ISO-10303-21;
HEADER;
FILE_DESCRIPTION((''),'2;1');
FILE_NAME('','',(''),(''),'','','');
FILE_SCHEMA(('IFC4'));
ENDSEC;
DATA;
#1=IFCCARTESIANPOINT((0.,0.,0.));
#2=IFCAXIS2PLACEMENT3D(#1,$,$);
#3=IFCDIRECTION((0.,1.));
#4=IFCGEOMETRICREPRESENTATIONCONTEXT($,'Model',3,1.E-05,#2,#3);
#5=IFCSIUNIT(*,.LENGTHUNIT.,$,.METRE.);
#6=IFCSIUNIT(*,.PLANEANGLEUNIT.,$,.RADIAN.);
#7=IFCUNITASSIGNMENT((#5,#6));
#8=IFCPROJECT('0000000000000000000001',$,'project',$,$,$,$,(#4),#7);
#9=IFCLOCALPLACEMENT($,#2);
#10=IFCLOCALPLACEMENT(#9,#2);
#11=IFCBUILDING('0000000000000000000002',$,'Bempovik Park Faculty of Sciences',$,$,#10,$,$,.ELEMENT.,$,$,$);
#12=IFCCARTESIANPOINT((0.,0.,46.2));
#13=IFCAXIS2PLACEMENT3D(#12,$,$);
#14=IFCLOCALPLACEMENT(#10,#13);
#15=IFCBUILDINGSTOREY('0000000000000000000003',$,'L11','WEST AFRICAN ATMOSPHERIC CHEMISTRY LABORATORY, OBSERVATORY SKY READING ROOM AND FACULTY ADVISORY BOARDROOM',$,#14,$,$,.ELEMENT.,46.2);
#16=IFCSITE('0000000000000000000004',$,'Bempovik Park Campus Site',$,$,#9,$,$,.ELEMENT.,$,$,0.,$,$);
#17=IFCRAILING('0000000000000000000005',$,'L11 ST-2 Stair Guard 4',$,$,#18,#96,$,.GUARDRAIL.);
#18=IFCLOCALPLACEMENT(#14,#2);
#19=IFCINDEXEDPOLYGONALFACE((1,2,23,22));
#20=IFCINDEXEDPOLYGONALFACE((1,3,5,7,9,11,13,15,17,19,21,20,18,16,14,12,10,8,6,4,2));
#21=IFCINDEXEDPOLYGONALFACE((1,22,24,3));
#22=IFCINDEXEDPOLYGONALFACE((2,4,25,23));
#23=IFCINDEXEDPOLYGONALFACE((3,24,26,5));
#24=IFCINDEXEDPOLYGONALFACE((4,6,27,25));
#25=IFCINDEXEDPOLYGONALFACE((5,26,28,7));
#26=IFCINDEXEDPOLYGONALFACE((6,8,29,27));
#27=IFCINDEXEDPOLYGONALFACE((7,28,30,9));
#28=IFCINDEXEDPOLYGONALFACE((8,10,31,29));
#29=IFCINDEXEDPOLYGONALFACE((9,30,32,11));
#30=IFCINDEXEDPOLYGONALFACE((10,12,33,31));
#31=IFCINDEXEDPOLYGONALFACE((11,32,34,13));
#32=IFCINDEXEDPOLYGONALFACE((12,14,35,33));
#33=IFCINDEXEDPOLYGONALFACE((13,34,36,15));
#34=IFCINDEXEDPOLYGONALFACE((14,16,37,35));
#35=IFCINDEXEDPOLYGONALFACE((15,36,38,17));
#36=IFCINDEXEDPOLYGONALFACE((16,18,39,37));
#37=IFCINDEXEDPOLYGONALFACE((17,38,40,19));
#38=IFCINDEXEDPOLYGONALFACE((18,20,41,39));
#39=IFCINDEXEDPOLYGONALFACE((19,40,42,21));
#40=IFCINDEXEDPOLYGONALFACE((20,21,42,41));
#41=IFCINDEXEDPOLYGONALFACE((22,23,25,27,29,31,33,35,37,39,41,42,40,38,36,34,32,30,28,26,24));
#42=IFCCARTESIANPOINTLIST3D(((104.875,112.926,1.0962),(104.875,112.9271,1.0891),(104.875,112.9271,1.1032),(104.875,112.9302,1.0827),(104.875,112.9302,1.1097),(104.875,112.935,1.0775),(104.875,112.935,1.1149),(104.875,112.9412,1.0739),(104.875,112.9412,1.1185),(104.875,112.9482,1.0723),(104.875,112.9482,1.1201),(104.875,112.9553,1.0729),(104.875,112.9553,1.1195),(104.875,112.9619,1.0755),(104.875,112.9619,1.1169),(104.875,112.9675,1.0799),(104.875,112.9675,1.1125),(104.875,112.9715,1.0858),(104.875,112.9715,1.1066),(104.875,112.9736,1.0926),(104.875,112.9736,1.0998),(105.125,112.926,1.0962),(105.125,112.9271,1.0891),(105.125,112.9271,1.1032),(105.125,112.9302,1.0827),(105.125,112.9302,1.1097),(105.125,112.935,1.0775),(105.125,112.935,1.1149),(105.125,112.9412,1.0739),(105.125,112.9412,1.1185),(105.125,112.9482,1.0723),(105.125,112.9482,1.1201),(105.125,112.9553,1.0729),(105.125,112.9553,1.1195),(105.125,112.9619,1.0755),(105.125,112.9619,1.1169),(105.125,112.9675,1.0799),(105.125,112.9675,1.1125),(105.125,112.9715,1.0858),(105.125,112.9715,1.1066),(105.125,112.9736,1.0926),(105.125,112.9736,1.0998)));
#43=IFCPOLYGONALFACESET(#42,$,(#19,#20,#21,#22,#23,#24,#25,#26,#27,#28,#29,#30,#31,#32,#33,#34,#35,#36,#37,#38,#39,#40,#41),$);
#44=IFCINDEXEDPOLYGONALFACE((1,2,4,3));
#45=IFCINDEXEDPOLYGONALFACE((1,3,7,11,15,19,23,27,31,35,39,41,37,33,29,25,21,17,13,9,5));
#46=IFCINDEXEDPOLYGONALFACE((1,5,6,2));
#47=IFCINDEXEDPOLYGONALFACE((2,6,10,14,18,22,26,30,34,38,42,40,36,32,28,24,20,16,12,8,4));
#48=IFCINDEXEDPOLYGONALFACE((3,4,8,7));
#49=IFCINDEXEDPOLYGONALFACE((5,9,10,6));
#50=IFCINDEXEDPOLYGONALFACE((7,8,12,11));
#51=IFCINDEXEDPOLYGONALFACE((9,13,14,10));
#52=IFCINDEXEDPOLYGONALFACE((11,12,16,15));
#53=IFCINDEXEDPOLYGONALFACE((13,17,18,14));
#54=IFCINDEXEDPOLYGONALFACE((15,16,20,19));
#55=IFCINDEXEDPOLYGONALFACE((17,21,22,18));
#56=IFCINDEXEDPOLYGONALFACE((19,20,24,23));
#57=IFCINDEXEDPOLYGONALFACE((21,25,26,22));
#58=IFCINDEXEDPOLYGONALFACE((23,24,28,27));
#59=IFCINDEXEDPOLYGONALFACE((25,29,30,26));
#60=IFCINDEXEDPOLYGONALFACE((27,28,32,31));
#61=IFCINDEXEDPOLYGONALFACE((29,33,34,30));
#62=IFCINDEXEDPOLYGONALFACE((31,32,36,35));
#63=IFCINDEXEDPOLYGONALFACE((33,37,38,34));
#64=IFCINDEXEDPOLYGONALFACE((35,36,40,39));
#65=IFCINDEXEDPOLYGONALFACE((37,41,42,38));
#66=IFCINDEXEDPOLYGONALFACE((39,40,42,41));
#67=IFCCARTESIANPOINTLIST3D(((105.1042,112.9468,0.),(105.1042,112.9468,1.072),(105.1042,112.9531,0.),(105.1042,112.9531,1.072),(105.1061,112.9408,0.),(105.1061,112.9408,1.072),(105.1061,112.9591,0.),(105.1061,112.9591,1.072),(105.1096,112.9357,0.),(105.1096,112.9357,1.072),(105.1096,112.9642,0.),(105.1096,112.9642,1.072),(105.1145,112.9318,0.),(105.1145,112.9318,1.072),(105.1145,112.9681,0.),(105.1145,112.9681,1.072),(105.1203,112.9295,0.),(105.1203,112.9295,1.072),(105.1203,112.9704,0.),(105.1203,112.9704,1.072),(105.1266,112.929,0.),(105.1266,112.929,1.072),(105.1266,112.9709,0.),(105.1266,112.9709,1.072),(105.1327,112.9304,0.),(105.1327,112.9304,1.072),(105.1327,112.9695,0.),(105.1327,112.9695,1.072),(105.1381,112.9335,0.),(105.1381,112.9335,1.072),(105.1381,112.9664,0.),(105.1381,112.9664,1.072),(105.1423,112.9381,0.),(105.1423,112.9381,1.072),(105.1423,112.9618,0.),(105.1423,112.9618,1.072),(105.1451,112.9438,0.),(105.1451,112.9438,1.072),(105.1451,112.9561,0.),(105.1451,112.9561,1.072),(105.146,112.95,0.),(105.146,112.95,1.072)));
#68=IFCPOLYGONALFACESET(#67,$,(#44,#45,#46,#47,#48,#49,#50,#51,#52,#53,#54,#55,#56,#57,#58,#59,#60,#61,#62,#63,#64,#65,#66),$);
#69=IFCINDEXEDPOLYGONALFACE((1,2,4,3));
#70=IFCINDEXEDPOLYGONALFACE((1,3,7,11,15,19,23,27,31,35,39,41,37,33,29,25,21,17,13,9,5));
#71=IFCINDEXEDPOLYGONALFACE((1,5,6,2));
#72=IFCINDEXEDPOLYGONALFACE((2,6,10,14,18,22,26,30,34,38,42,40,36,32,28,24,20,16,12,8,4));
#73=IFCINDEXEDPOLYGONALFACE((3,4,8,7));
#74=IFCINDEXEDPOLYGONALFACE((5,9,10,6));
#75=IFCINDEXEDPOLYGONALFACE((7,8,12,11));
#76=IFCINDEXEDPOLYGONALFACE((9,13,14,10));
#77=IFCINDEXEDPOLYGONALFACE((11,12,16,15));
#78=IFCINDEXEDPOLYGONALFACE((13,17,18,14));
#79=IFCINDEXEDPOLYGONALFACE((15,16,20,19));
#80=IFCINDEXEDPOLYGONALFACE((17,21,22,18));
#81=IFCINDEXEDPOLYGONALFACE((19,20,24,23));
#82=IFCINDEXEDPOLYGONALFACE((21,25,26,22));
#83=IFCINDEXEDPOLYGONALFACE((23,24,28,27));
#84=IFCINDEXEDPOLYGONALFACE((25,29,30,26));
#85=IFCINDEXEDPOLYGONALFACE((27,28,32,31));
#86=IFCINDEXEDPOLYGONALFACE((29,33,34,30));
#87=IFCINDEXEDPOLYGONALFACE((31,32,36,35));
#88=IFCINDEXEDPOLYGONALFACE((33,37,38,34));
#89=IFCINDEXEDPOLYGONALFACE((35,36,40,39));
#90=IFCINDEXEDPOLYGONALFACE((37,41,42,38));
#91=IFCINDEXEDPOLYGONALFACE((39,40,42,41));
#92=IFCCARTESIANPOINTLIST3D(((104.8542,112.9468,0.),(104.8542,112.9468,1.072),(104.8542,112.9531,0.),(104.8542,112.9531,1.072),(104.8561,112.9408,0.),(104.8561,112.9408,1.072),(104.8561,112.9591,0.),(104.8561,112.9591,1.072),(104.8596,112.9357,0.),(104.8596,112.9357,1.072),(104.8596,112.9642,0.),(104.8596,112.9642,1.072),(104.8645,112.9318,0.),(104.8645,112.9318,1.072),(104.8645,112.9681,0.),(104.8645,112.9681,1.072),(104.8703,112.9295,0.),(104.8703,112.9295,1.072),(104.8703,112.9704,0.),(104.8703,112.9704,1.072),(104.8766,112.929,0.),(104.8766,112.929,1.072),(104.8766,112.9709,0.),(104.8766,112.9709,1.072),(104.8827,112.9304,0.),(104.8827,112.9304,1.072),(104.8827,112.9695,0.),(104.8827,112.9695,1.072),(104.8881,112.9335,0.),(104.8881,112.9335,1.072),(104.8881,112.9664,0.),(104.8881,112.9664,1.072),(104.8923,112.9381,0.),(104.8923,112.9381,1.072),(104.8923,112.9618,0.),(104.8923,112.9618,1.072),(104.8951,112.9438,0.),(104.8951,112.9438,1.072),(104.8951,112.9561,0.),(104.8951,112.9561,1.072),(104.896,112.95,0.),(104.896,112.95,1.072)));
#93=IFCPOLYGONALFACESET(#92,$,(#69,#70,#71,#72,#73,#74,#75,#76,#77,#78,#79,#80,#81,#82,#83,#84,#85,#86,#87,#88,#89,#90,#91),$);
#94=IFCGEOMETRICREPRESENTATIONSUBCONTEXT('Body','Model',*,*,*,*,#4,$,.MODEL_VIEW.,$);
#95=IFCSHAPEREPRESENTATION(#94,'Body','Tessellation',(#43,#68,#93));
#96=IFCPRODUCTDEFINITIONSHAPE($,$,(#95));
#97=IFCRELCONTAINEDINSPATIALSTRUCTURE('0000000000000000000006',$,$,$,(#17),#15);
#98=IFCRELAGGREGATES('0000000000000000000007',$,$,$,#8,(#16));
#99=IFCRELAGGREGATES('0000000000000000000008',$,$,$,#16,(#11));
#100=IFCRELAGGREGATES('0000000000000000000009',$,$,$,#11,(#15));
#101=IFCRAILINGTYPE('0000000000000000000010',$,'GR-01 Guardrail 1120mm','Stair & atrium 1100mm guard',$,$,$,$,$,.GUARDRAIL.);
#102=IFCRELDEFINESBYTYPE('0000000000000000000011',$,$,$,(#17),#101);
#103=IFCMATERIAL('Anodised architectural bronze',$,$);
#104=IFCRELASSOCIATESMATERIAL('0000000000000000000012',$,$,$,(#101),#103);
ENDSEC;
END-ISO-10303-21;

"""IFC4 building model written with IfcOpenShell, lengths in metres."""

from ifc_helpers import new_model, si_unit, direction, frame, origin, origin_2d, place, context, subcontext, project, spatial, circle, extrude, material, type_object, element, save


model = new_model("IFC4")

# Units and contexts
model_context = context("Model", 3, precision=1e-05, world=origin(), true_north=direction((0.0, 1.0)))
body_context = subcontext(model_context, "Body", "Model", "MODEL_VIEW")
ifc_project = project(units=[si_unit("LENGTHUNIT", "METRE"), si_unit("PLANEANGLEUNIT", "RADIAN")], contexts=[model_context])

# Site, building, storey
site_placement = place(None, origin())
site = spatial("IfcSite", under=ifc_project, at=site_placement, Name="Bempovik Park Campus Site", CompositionType="ELEMENT", RefElevation=0.0)
building_placement = place(site_placement, origin())
building = spatial("IfcBuilding", under=site, at=building_placement, Name="Bempovik Park Faculty of Sciences", CompositionType="ELEMENT")
storey_placement = place(building_placement, frame((0.0, 0.0, 46.2)))
storey = spatial("IfcBuildingStorey", under=building, at=storey_placement, Name="L11", Description="WEST AFRICAN ATMOSPHERIC CHEMISTRY LABORATORY, OBSERVATORY SKY READING ROOM AND FACULTY ADVISORY BOARDROOM", CompositionType="ELEMENT", Elevation=46.2)

# Railing
ifc_material_1 = material(Name="Anodised architectural bronze")
railing_type_1 = type_object("IfcRailingType", Name="GR-01 Guardrail 1120mm", Description="Stair & atrium 1100mm guard", PredefinedType="GUARDRAIL", material=ifc_material_1)
railing_1_placement = place(storey_placement, frame((105.125, 112.95, 0.0)))
element("IfcRailing", 1, at=railing_1_placement, inside=storey, type_object=railing_type_1, Name="L11 ST-2 Stair Guard 4", PredefinedType="GUARDRAIL", context=body_context, shape_type="SweptSolid", body=[
    extrude(circle(Radius=0.0239, at=origin_2d()), frame((0.0, 0.0, 1.0962), z_axis=(-1.0, 0.0, 0.0), x_axis=(0.0, -1.0, 0.0)), (0.0, 0.0, 1.0), 0.25),
    extrude(circle(Radius=0.021, at=origin_2d()), origin(), (0.0, 0.0, 1.0), 1.072),
    extrude(circle(Radius=0.021, at=origin_2d()), frame((-0.25, 0.0, 0.0)), (0.0, 0.0, 1.0), 1.072),
])

save(model, "model.ifc")
